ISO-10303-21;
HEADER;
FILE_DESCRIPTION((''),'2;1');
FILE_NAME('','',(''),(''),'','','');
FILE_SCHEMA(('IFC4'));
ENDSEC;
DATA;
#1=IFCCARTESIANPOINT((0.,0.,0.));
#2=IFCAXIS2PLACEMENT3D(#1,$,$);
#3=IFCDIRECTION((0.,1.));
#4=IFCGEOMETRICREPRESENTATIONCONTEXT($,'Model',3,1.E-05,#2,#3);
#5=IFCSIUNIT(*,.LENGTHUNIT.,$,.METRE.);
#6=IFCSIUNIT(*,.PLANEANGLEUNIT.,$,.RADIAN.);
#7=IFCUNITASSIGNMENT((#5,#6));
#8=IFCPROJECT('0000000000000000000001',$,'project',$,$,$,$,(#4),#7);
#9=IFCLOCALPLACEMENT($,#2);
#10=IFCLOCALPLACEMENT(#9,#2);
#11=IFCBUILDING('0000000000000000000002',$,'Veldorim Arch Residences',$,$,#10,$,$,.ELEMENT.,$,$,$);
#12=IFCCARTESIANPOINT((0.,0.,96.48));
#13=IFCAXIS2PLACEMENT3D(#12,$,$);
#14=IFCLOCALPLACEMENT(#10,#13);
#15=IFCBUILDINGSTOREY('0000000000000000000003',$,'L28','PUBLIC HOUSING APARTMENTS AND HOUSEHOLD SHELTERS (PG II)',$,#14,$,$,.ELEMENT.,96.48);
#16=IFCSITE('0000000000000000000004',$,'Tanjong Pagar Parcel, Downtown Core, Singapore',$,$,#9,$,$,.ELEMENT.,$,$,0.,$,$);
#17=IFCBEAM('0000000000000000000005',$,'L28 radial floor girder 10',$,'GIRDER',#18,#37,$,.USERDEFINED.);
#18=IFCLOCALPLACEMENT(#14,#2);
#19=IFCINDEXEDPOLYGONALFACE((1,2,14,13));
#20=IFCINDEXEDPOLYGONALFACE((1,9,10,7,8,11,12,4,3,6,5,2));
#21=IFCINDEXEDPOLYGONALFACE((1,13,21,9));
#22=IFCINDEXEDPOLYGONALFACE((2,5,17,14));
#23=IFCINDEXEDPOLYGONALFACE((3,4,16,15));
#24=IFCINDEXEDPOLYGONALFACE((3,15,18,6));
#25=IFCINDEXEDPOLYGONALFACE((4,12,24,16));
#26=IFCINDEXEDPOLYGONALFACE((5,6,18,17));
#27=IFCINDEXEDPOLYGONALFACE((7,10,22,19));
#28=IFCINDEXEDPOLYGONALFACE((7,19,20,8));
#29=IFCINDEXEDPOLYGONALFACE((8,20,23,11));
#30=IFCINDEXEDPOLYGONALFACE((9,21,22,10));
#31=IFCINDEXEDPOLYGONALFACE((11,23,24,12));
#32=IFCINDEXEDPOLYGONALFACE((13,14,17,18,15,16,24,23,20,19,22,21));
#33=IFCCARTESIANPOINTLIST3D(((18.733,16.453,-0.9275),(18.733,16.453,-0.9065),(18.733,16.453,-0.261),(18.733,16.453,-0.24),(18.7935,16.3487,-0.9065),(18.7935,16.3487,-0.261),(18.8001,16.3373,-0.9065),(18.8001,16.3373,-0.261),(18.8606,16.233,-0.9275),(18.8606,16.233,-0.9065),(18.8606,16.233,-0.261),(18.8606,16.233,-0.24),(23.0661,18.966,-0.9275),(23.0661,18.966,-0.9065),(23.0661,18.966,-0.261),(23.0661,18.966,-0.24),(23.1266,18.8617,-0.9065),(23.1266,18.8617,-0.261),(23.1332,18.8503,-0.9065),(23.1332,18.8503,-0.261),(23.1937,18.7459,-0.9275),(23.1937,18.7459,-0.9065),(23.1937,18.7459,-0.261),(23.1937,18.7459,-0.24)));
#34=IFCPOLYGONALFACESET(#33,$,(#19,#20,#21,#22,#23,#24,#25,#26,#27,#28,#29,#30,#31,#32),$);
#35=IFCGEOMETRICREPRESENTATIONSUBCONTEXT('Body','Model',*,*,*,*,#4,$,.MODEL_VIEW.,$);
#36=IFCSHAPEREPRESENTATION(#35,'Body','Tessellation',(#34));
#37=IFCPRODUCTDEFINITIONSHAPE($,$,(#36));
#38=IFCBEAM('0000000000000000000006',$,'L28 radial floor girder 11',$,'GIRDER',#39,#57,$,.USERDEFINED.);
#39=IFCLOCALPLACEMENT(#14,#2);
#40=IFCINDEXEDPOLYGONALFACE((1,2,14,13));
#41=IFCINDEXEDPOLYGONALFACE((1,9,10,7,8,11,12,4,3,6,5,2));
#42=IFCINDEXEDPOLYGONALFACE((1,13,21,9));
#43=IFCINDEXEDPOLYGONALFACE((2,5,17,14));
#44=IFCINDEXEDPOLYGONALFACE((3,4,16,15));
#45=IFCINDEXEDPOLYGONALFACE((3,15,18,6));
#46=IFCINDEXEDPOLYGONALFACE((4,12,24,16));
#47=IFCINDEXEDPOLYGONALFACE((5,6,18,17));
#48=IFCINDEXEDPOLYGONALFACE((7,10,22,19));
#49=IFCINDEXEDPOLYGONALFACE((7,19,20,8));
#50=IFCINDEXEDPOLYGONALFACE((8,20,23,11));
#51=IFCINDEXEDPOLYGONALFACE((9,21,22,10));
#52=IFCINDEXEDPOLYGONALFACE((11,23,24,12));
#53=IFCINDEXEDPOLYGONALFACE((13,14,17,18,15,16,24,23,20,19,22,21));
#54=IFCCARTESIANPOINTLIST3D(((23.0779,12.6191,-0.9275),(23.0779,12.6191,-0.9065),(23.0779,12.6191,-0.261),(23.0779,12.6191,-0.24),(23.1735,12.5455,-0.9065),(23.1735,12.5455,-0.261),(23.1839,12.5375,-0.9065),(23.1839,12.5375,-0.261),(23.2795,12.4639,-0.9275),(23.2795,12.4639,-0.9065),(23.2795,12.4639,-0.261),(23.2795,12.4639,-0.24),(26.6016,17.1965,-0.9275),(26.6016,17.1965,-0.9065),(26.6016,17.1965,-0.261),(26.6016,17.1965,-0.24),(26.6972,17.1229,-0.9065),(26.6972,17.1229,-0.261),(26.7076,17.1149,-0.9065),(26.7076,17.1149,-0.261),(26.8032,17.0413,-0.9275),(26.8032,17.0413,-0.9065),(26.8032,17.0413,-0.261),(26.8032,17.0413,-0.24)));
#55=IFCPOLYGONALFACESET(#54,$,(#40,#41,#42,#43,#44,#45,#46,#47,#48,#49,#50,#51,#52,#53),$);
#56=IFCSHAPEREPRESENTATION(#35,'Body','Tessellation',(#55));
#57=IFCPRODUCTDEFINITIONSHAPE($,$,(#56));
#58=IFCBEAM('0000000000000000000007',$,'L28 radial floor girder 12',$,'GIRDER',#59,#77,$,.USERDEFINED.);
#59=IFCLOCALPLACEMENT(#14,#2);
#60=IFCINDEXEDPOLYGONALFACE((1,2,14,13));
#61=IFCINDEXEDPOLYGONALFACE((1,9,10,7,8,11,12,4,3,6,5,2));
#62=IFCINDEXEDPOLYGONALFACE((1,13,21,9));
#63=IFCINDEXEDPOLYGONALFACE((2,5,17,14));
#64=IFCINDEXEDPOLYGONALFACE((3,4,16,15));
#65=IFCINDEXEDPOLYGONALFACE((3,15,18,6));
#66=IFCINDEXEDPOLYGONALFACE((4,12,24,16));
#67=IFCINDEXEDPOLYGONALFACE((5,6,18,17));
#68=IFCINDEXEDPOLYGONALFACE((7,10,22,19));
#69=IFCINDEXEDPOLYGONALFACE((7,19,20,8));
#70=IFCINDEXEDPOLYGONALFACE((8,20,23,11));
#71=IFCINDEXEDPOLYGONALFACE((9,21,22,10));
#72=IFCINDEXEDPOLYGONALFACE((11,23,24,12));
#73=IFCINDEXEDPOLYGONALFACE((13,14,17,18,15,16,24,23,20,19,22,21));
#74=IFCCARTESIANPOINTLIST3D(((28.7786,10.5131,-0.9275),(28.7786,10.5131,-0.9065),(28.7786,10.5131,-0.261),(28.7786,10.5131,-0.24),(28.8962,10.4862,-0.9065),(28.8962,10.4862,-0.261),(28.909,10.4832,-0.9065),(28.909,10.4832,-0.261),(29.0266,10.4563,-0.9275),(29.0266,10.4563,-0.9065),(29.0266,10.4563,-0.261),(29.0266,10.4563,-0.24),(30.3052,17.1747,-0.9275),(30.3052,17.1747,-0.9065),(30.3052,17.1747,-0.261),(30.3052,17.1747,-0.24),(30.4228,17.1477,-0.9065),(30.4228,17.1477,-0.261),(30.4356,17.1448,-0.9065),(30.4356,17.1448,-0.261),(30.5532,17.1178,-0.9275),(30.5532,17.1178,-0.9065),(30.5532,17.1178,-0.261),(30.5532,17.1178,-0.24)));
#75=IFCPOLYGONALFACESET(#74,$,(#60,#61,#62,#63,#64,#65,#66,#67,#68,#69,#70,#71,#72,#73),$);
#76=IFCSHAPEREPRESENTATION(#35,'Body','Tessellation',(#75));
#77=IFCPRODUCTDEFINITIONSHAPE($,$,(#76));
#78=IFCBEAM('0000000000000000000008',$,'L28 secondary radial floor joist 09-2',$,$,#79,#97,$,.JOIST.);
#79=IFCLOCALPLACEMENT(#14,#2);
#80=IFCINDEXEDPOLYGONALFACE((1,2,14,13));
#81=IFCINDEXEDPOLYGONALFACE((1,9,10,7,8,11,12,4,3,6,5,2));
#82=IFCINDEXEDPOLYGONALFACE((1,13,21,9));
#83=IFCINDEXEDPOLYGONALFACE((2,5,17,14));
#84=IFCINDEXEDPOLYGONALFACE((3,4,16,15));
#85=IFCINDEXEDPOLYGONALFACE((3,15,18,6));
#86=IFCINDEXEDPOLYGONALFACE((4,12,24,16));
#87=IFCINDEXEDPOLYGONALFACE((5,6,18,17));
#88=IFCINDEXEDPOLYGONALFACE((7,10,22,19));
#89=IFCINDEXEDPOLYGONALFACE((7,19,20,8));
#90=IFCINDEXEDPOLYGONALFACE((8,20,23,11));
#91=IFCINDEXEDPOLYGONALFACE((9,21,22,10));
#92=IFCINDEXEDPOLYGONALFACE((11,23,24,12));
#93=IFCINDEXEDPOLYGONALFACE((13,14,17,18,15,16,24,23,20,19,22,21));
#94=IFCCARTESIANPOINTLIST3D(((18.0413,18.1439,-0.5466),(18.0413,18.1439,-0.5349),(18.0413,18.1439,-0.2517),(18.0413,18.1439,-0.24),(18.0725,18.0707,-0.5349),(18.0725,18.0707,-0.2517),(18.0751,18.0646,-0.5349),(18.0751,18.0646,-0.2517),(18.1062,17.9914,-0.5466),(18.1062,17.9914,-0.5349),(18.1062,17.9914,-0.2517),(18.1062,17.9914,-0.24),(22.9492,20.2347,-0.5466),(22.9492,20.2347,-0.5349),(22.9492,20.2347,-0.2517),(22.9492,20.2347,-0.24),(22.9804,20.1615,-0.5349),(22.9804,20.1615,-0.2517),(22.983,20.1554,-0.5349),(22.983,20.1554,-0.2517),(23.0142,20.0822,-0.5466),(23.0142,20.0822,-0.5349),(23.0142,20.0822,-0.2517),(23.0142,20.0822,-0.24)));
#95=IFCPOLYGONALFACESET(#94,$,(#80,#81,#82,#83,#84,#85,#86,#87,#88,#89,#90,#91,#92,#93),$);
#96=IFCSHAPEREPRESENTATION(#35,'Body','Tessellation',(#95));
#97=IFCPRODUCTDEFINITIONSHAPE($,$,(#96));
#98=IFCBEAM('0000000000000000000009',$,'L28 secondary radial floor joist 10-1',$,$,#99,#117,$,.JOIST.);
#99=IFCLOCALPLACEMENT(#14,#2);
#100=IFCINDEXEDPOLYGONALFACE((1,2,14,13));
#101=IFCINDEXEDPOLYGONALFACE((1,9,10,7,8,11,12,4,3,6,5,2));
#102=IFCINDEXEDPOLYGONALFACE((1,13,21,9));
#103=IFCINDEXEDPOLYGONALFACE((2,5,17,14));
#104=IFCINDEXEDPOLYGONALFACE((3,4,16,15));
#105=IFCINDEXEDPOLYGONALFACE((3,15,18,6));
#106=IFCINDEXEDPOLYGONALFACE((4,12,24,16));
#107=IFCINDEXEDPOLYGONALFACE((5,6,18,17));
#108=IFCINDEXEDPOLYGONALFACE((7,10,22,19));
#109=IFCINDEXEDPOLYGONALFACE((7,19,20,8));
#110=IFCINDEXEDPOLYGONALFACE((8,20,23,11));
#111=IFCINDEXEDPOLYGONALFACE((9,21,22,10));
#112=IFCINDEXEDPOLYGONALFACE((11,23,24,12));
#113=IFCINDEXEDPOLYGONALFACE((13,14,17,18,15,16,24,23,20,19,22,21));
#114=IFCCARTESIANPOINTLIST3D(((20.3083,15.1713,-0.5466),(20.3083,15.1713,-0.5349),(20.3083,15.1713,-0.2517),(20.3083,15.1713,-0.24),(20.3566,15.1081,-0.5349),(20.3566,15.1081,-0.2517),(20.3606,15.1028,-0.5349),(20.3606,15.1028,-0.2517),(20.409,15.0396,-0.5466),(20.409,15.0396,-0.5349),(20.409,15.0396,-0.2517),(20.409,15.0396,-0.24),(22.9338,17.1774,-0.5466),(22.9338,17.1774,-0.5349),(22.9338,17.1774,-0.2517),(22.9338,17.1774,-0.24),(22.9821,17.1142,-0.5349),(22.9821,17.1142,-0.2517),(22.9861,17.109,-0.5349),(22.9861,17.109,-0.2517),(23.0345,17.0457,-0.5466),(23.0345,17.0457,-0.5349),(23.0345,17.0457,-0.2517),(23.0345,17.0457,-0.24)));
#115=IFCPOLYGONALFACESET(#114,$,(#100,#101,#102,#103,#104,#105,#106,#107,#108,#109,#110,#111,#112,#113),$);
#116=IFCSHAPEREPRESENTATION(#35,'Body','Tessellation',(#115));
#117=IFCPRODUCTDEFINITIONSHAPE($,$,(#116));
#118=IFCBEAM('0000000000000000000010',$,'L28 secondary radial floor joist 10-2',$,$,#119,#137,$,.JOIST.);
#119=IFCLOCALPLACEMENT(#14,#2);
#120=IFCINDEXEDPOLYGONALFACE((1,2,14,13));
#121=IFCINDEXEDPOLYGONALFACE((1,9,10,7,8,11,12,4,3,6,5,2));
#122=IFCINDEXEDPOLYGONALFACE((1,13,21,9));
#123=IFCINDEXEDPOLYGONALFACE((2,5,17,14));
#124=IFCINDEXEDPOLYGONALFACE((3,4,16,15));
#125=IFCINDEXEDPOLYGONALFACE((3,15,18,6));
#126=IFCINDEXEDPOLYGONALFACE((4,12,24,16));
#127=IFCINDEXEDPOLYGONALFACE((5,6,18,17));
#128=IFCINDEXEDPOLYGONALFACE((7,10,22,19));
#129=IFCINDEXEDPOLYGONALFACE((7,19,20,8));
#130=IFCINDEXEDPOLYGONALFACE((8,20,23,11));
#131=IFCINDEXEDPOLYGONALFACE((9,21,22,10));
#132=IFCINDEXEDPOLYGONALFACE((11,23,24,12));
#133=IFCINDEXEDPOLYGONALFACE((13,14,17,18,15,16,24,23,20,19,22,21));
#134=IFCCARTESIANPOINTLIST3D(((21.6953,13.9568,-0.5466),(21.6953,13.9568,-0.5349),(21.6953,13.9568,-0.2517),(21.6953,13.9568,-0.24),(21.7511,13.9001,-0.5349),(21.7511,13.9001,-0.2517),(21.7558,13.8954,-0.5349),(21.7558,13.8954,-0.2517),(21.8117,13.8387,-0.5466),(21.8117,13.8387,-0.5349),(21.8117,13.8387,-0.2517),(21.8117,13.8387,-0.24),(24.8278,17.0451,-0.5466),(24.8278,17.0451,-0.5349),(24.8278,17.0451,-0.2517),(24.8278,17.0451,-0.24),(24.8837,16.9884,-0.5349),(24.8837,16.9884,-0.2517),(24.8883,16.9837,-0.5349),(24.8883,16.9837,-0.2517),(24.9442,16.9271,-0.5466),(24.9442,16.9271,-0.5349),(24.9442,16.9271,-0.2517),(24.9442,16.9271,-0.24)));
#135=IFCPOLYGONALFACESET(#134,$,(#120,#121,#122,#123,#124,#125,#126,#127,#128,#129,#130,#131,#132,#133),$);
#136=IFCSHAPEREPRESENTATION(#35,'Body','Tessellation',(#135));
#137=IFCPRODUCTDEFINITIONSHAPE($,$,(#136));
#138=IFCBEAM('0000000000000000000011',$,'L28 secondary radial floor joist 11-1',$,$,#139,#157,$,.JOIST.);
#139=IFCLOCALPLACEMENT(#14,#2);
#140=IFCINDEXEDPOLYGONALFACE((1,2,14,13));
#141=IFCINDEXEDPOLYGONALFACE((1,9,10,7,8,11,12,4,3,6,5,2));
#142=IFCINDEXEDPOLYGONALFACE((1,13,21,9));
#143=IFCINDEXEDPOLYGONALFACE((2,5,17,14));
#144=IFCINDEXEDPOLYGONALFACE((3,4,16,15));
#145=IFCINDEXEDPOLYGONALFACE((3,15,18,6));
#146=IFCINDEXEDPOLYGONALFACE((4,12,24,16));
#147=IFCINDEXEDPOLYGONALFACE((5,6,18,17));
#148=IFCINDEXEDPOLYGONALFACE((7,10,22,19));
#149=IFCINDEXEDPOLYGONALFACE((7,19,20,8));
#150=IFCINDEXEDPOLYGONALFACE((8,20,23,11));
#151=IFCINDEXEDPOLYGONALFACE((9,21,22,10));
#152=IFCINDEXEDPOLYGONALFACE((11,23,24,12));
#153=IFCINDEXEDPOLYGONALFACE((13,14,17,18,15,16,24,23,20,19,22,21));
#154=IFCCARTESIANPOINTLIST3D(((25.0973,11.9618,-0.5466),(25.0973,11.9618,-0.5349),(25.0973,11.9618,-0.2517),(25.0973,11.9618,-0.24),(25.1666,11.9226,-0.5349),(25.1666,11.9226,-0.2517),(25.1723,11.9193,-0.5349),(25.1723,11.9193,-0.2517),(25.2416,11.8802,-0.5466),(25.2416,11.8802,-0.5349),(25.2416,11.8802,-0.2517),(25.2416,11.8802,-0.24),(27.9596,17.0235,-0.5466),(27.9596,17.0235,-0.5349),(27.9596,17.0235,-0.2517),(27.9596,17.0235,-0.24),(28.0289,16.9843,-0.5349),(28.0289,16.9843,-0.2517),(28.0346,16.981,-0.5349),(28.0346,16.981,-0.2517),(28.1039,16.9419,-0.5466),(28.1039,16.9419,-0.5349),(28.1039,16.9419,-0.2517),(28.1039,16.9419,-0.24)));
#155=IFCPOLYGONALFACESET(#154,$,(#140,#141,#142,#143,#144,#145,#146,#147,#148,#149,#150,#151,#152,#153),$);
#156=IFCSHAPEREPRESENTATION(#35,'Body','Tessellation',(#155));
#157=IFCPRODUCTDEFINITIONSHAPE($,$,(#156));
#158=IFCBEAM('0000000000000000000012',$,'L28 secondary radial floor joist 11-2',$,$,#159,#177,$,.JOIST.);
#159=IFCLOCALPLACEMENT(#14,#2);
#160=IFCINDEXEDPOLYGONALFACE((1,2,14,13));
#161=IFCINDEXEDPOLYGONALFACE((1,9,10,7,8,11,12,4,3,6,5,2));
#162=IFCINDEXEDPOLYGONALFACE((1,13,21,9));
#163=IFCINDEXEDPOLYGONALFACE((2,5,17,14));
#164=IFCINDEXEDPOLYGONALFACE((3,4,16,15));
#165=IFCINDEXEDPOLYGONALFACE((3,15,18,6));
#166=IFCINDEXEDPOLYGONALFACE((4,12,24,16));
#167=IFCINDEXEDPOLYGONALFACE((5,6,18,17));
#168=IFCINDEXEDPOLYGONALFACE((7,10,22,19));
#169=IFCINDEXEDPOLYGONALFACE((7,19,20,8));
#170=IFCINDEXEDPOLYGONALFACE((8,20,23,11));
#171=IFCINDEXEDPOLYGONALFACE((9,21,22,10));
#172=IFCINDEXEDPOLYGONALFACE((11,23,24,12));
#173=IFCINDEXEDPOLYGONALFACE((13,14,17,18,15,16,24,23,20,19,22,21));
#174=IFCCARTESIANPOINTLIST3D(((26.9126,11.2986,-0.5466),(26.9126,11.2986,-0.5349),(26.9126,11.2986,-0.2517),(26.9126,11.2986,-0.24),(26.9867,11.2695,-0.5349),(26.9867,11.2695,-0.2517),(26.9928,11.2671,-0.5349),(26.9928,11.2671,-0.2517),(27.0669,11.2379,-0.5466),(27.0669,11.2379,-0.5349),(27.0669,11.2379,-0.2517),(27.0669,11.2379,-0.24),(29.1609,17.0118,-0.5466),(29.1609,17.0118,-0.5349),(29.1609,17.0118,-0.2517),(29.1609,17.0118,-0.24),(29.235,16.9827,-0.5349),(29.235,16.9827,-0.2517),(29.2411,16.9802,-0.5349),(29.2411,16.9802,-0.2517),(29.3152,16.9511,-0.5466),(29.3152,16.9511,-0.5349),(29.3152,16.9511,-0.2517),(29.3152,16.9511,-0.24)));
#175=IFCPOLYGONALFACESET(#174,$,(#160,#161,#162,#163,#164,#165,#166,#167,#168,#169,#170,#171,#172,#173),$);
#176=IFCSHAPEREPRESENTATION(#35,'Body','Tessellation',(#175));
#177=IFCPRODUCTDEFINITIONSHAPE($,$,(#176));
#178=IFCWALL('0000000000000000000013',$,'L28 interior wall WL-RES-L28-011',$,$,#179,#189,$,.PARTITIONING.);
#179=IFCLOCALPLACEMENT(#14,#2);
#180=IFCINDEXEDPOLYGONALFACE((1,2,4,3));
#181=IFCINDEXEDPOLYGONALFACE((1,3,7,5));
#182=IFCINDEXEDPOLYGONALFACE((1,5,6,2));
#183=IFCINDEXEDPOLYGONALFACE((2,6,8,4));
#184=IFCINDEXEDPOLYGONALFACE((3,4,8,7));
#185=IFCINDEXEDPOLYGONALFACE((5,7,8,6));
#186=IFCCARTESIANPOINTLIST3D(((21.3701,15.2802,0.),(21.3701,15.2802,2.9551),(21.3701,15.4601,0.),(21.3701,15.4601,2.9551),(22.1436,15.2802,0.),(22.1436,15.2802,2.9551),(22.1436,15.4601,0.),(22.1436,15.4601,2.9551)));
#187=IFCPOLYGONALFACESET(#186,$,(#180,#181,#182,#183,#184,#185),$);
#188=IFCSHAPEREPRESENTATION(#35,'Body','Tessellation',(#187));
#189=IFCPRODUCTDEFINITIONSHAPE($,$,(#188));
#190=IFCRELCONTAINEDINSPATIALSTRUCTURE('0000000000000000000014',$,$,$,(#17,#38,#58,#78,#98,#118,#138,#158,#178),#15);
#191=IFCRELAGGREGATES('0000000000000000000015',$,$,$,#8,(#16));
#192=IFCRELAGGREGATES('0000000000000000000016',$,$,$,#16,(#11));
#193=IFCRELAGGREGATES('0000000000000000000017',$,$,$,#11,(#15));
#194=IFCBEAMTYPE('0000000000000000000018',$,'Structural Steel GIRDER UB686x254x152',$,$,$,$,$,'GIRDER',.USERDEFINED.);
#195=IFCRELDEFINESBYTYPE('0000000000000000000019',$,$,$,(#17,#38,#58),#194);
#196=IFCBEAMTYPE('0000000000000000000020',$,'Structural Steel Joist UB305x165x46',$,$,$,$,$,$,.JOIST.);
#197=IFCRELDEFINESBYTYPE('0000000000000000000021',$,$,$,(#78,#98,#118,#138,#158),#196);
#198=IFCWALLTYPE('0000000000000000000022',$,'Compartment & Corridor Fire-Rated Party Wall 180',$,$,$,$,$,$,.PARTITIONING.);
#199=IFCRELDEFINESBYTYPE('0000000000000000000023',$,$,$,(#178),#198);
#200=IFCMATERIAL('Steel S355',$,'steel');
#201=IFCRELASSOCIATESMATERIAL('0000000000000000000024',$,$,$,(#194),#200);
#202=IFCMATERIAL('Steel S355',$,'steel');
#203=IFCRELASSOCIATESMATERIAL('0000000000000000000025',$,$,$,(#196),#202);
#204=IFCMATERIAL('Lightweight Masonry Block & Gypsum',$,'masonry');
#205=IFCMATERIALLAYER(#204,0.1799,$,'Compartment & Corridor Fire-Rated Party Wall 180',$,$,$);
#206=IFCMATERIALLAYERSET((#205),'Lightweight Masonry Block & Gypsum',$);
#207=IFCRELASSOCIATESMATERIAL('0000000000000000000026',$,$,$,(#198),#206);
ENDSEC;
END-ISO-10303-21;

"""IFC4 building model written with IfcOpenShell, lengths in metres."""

from ifc_helpers import new_model, si_unit, direction, frame, frame_2d, origin, origin_2d, place, context, subcontext, project, spatial, rectangle, i_section, extrude, material, layer, layer_set, material_profile, profile_set, type_object, element, save


model = new_model("IFC4")

# Units and contexts
model_context = context("Model", 3, precision=1e-05, world=origin(), true_north=direction((0.0, 1.0)))
body_context = subcontext(model_context, "Body", "Model", "MODEL_VIEW")
ifc_project = project(units=[si_unit("LENGTHUNIT", "METRE"), si_unit("PLANEANGLEUNIT", "RADIAN")], contexts=[model_context])

# Site, building, storey
site_placement = place(None, origin())
site = spatial("IfcSite", under=ifc_project, at=site_placement, Name="Tanjong Pagar Parcel, Downtown Core, Singapore", CompositionType="ELEMENT", RefElevation=0.0)
building_placement = place(site_placement, origin())
building = spatial("IfcBuilding", under=site, at=building_placement, Name="Veldorim Arch Residences", CompositionType="ELEMENT")
storey_placement = place(building_placement, frame((0.0, 0.0, 96.48)))
storey = spatial("IfcBuildingStorey", under=building, at=storey_placement, Name="L28", Description="PUBLIC HOUSING APARTMENTS AND HOUSEHOLD SHELTERS (PG II)", CompositionType="ELEMENT", Elevation=96.48)

# Beams
ifc_material_1 = material(Name="Steel S355", Category="steel")
ifc_material_profile_1 = material_profile(ifc_material_1, i_section(OverallWidth=0.2544, OverallDepth=0.6875, WebThickness=0.0132, FlangeThickness=0.021, at=origin_2d()), Name="UB686x254x152")
ifc_profile_set_1 = profile_set([ifc_material_profile_1], Name="Steel S355")
beam_type_1 = type_object("IfcBeamType", Name="Structural Steel GIRDER UB686x254x152", ElementType="GIRDER", PredefinedType="USERDEFINED", material=ifc_profile_set_1)
beam_1_placement = place(storey_placement, frame((23.1299, 18.856, -0.5837), z_axis=(-0.865049, -0.501687, 0.0), x_axis=(0.501687, -0.865049, 0.0)))
element("IfcBeam", 1, at=beam_1_placement, inside=storey, type_object=beam_type_1, Name="L28 radial floor girder 10", ObjectType="GIRDER", PredefinedType="USERDEFINED", context=body_context, shape_type="SweptSolid", body=[
    extrude(i_section(OverallWidth=0.2544, OverallDepth=0.6875, WebThickness=0.0132, FlangeThickness=0.021, at=origin_2d()), origin(), (0.0, 0.0, 1.0), 5.009),
])
beam_2_placement = place(storey_placement, frame((26.7024, 17.1189, -0.5837), z_axis=(-0.609995, -0.792406, 0.0), x_axis=(0.792406, -0.609995, 0.0)))
element("IfcBeam", 2, at=beam_2_placement, inside=storey, type_object=beam_type_1, Name="L28 radial floor girder 11", ObjectType="GIRDER", PredefinedType="USERDEFINED", context=body_context, shape_type="SweptSolid", body=[
    extrude(i_section(OverallWidth=0.2544, OverallDepth=0.6875, WebThickness=0.0132, FlangeThickness=0.021, at=origin_2d()), origin(), (0.0, 0.0, 1.0), 5.7766),
])
beam_3_placement = place(storey_placement, frame((30.4292, 17.1462, -0.5837), z_axis=(-0.223375, -0.974733, 0.0), x_axis=(0.974733, -0.223375, 0.0)))
element("IfcBeam", 3, at=beam_3_placement, inside=storey, type_object=beam_type_1, Name="L28 radial floor girder 12", ObjectType="GIRDER", PredefinedType="USERDEFINED", context=body_context, shape_type="SweptSolid", body=[
    extrude(i_section(OverallWidth=0.2544, OverallDepth=0.6875, WebThickness=0.0132, FlangeThickness=0.021, at=origin_2d()), origin(), (0.0, 0.0, 1.0), 6.8342),
])
ifc_material_2 = material(Name="Steel S355", Category="steel")
ifc_material_profile_2 = material_profile(ifc_material_2, i_section(OverallWidth=0.1658, OverallDepth=0.3066, WebThickness=0.0066, FlangeThickness=0.0117, at=origin_2d()), Name="UB305x165x46")
ifc_profile_set_2 = profile_set([ifc_material_profile_2], Name="Steel S355")
beam_type_2 = type_object("IfcBeamType", Name="Structural Steel Joist UB305x165x46", PredefinedType="JOIST", material=ifc_profile_set_2)
beam_4_placement = place(storey_placement, frame((22.9817, 20.1584, -0.3933), z_axis=(-0.919997, -0.391924, 0.0), x_axis=(0.391924, -0.919997, 0.0)))
element("IfcBeam", 4, at=beam_4_placement, inside=storey, type_object=beam_type_2, Name="L28 secondary radial floor joist 09-2", PredefinedType="JOIST", context=body_context, shape_type="SweptSolid", body=[
    extrude(i_section(OverallWidth=0.1658, OverallDepth=0.3066, WebThickness=0.0066, FlangeThickness=0.0117, at=origin_2d()), origin(), (0.0, 0.0, 1.0), 5.3347),
])
beam_5_placement = place(storey_placement, frame((22.9841, 17.1116, -0.3933), z_axis=(-0.794595, -0.60714, 0.0), x_axis=(0.60714, -0.794595, 0.0)))
element("IfcBeam", 5, at=beam_5_placement, inside=storey, type_object=beam_type_2, Name="L28 secondary radial floor joist 10-1", PredefinedType="JOIST", context=body_context, shape_type="SweptSolid", body=[
    extrude(i_section(OverallWidth=0.1658, OverallDepth=0.3066, WebThickness=0.0066, FlangeThickness=0.0117, at=origin_2d()), origin(), (0.0, 0.0, 1.0), 3.3042),
])
beam_6_placement = place(storey_placement, frame((24.886, 16.9861, -0.3933), z_axis=(-0.712112, -0.702066, 0.0), x_axis=(0.702066, -0.712112, 0.0)))
element("IfcBeam", 6, at=beam_6_placement, inside=storey, type_object=beam_type_2, Name="L28 secondary radial floor joist 10-2", PredefinedType="JOIST", context=body_context, shape_type="SweptSolid", body=[
    extrude(i_section(OverallWidth=0.1658, OverallDepth=0.3066, WebThickness=0.0066, FlangeThickness=0.0117, at=origin_2d()), origin(), (0.0, 0.0, 1.0), 4.3989),
])
beam_7_placement = place(storey_placement, frame((28.0317, 16.9827, -0.3933), z_axis=(-0.492227, -0.870467, 0.0), x_axis=(0.870467, -0.492227, 0.0)))
element("IfcBeam", 7, at=beam_7_placement, inside=storey, type_object=beam_type_2, Name="L28 secondary radial floor joist 11-1", PredefinedType="JOIST", context=body_context, shape_type="SweptSolid", body=[
    extrude(i_section(OverallWidth=0.1658, OverallDepth=0.3066, WebThickness=0.0066, FlangeThickness=0.0117, at=origin_2d()), origin(), (0.0, 0.0, 1.0), 5.8149),
])
beam_8_placement = place(storey_placement, frame((29.238, 16.9814, -0.3933), z_axis=(-0.366195, -0.930538, 0.0), x_axis=(0.930538, -0.366195, 0.0)))
element("IfcBeam", 8, at=beam_8_placement, inside=storey, type_object=beam_type_2, Name="L28 secondary radial floor joist 11-2", PredefinedType="JOIST", context=body_context, shape_type="SweptSolid", body=[
    extrude(i_section(OverallWidth=0.1658, OverallDepth=0.3066, WebThickness=0.0066, FlangeThickness=0.0117, at=origin_2d()), origin(), (0.0, 0.0, 1.0), 6.1396),
])

# Wall
ifc_material_3 = material(Name="Lightweight Masonry Block & Gypsum", Category="masonry")
ifc_layer_1 = layer(ifc_material_3, 0.1799, Name="Compartment & Corridor Fire-Rated Party Wall 180")
ifc_layer_set_1 = layer_set([ifc_layer_1], Name="Lightweight Masonry Block & Gypsum")
wall_type_1 = type_object("IfcWallType", Name="Compartment & Corridor Fire-Rated Party Wall 180", PredefinedType="PARTITIONING", material=ifc_layer_set_1)
wall_1_placement = place(storey_placement, frame((22.1436, 15.3701, 0.0), z_axis=(0.0, 0.0, 1.0), x_axis=(-1.0, 0.0, 0.0)))
element("IfcWall", 9, at=wall_1_placement, inside=storey, type_object=wall_type_1, Name="L28 interior wall WL-RES-L28-011", PredefinedType="PARTITIONING", context=body_context, shape_type="SweptSolid", body=[
    extrude(rectangle(XDim=0.7734, YDim=0.1799, at=frame_2d((0.3867, 0.0))), origin(), (0.0, 0.0, 1.0), 2.9551),
])

save(model, "model.ifc")
